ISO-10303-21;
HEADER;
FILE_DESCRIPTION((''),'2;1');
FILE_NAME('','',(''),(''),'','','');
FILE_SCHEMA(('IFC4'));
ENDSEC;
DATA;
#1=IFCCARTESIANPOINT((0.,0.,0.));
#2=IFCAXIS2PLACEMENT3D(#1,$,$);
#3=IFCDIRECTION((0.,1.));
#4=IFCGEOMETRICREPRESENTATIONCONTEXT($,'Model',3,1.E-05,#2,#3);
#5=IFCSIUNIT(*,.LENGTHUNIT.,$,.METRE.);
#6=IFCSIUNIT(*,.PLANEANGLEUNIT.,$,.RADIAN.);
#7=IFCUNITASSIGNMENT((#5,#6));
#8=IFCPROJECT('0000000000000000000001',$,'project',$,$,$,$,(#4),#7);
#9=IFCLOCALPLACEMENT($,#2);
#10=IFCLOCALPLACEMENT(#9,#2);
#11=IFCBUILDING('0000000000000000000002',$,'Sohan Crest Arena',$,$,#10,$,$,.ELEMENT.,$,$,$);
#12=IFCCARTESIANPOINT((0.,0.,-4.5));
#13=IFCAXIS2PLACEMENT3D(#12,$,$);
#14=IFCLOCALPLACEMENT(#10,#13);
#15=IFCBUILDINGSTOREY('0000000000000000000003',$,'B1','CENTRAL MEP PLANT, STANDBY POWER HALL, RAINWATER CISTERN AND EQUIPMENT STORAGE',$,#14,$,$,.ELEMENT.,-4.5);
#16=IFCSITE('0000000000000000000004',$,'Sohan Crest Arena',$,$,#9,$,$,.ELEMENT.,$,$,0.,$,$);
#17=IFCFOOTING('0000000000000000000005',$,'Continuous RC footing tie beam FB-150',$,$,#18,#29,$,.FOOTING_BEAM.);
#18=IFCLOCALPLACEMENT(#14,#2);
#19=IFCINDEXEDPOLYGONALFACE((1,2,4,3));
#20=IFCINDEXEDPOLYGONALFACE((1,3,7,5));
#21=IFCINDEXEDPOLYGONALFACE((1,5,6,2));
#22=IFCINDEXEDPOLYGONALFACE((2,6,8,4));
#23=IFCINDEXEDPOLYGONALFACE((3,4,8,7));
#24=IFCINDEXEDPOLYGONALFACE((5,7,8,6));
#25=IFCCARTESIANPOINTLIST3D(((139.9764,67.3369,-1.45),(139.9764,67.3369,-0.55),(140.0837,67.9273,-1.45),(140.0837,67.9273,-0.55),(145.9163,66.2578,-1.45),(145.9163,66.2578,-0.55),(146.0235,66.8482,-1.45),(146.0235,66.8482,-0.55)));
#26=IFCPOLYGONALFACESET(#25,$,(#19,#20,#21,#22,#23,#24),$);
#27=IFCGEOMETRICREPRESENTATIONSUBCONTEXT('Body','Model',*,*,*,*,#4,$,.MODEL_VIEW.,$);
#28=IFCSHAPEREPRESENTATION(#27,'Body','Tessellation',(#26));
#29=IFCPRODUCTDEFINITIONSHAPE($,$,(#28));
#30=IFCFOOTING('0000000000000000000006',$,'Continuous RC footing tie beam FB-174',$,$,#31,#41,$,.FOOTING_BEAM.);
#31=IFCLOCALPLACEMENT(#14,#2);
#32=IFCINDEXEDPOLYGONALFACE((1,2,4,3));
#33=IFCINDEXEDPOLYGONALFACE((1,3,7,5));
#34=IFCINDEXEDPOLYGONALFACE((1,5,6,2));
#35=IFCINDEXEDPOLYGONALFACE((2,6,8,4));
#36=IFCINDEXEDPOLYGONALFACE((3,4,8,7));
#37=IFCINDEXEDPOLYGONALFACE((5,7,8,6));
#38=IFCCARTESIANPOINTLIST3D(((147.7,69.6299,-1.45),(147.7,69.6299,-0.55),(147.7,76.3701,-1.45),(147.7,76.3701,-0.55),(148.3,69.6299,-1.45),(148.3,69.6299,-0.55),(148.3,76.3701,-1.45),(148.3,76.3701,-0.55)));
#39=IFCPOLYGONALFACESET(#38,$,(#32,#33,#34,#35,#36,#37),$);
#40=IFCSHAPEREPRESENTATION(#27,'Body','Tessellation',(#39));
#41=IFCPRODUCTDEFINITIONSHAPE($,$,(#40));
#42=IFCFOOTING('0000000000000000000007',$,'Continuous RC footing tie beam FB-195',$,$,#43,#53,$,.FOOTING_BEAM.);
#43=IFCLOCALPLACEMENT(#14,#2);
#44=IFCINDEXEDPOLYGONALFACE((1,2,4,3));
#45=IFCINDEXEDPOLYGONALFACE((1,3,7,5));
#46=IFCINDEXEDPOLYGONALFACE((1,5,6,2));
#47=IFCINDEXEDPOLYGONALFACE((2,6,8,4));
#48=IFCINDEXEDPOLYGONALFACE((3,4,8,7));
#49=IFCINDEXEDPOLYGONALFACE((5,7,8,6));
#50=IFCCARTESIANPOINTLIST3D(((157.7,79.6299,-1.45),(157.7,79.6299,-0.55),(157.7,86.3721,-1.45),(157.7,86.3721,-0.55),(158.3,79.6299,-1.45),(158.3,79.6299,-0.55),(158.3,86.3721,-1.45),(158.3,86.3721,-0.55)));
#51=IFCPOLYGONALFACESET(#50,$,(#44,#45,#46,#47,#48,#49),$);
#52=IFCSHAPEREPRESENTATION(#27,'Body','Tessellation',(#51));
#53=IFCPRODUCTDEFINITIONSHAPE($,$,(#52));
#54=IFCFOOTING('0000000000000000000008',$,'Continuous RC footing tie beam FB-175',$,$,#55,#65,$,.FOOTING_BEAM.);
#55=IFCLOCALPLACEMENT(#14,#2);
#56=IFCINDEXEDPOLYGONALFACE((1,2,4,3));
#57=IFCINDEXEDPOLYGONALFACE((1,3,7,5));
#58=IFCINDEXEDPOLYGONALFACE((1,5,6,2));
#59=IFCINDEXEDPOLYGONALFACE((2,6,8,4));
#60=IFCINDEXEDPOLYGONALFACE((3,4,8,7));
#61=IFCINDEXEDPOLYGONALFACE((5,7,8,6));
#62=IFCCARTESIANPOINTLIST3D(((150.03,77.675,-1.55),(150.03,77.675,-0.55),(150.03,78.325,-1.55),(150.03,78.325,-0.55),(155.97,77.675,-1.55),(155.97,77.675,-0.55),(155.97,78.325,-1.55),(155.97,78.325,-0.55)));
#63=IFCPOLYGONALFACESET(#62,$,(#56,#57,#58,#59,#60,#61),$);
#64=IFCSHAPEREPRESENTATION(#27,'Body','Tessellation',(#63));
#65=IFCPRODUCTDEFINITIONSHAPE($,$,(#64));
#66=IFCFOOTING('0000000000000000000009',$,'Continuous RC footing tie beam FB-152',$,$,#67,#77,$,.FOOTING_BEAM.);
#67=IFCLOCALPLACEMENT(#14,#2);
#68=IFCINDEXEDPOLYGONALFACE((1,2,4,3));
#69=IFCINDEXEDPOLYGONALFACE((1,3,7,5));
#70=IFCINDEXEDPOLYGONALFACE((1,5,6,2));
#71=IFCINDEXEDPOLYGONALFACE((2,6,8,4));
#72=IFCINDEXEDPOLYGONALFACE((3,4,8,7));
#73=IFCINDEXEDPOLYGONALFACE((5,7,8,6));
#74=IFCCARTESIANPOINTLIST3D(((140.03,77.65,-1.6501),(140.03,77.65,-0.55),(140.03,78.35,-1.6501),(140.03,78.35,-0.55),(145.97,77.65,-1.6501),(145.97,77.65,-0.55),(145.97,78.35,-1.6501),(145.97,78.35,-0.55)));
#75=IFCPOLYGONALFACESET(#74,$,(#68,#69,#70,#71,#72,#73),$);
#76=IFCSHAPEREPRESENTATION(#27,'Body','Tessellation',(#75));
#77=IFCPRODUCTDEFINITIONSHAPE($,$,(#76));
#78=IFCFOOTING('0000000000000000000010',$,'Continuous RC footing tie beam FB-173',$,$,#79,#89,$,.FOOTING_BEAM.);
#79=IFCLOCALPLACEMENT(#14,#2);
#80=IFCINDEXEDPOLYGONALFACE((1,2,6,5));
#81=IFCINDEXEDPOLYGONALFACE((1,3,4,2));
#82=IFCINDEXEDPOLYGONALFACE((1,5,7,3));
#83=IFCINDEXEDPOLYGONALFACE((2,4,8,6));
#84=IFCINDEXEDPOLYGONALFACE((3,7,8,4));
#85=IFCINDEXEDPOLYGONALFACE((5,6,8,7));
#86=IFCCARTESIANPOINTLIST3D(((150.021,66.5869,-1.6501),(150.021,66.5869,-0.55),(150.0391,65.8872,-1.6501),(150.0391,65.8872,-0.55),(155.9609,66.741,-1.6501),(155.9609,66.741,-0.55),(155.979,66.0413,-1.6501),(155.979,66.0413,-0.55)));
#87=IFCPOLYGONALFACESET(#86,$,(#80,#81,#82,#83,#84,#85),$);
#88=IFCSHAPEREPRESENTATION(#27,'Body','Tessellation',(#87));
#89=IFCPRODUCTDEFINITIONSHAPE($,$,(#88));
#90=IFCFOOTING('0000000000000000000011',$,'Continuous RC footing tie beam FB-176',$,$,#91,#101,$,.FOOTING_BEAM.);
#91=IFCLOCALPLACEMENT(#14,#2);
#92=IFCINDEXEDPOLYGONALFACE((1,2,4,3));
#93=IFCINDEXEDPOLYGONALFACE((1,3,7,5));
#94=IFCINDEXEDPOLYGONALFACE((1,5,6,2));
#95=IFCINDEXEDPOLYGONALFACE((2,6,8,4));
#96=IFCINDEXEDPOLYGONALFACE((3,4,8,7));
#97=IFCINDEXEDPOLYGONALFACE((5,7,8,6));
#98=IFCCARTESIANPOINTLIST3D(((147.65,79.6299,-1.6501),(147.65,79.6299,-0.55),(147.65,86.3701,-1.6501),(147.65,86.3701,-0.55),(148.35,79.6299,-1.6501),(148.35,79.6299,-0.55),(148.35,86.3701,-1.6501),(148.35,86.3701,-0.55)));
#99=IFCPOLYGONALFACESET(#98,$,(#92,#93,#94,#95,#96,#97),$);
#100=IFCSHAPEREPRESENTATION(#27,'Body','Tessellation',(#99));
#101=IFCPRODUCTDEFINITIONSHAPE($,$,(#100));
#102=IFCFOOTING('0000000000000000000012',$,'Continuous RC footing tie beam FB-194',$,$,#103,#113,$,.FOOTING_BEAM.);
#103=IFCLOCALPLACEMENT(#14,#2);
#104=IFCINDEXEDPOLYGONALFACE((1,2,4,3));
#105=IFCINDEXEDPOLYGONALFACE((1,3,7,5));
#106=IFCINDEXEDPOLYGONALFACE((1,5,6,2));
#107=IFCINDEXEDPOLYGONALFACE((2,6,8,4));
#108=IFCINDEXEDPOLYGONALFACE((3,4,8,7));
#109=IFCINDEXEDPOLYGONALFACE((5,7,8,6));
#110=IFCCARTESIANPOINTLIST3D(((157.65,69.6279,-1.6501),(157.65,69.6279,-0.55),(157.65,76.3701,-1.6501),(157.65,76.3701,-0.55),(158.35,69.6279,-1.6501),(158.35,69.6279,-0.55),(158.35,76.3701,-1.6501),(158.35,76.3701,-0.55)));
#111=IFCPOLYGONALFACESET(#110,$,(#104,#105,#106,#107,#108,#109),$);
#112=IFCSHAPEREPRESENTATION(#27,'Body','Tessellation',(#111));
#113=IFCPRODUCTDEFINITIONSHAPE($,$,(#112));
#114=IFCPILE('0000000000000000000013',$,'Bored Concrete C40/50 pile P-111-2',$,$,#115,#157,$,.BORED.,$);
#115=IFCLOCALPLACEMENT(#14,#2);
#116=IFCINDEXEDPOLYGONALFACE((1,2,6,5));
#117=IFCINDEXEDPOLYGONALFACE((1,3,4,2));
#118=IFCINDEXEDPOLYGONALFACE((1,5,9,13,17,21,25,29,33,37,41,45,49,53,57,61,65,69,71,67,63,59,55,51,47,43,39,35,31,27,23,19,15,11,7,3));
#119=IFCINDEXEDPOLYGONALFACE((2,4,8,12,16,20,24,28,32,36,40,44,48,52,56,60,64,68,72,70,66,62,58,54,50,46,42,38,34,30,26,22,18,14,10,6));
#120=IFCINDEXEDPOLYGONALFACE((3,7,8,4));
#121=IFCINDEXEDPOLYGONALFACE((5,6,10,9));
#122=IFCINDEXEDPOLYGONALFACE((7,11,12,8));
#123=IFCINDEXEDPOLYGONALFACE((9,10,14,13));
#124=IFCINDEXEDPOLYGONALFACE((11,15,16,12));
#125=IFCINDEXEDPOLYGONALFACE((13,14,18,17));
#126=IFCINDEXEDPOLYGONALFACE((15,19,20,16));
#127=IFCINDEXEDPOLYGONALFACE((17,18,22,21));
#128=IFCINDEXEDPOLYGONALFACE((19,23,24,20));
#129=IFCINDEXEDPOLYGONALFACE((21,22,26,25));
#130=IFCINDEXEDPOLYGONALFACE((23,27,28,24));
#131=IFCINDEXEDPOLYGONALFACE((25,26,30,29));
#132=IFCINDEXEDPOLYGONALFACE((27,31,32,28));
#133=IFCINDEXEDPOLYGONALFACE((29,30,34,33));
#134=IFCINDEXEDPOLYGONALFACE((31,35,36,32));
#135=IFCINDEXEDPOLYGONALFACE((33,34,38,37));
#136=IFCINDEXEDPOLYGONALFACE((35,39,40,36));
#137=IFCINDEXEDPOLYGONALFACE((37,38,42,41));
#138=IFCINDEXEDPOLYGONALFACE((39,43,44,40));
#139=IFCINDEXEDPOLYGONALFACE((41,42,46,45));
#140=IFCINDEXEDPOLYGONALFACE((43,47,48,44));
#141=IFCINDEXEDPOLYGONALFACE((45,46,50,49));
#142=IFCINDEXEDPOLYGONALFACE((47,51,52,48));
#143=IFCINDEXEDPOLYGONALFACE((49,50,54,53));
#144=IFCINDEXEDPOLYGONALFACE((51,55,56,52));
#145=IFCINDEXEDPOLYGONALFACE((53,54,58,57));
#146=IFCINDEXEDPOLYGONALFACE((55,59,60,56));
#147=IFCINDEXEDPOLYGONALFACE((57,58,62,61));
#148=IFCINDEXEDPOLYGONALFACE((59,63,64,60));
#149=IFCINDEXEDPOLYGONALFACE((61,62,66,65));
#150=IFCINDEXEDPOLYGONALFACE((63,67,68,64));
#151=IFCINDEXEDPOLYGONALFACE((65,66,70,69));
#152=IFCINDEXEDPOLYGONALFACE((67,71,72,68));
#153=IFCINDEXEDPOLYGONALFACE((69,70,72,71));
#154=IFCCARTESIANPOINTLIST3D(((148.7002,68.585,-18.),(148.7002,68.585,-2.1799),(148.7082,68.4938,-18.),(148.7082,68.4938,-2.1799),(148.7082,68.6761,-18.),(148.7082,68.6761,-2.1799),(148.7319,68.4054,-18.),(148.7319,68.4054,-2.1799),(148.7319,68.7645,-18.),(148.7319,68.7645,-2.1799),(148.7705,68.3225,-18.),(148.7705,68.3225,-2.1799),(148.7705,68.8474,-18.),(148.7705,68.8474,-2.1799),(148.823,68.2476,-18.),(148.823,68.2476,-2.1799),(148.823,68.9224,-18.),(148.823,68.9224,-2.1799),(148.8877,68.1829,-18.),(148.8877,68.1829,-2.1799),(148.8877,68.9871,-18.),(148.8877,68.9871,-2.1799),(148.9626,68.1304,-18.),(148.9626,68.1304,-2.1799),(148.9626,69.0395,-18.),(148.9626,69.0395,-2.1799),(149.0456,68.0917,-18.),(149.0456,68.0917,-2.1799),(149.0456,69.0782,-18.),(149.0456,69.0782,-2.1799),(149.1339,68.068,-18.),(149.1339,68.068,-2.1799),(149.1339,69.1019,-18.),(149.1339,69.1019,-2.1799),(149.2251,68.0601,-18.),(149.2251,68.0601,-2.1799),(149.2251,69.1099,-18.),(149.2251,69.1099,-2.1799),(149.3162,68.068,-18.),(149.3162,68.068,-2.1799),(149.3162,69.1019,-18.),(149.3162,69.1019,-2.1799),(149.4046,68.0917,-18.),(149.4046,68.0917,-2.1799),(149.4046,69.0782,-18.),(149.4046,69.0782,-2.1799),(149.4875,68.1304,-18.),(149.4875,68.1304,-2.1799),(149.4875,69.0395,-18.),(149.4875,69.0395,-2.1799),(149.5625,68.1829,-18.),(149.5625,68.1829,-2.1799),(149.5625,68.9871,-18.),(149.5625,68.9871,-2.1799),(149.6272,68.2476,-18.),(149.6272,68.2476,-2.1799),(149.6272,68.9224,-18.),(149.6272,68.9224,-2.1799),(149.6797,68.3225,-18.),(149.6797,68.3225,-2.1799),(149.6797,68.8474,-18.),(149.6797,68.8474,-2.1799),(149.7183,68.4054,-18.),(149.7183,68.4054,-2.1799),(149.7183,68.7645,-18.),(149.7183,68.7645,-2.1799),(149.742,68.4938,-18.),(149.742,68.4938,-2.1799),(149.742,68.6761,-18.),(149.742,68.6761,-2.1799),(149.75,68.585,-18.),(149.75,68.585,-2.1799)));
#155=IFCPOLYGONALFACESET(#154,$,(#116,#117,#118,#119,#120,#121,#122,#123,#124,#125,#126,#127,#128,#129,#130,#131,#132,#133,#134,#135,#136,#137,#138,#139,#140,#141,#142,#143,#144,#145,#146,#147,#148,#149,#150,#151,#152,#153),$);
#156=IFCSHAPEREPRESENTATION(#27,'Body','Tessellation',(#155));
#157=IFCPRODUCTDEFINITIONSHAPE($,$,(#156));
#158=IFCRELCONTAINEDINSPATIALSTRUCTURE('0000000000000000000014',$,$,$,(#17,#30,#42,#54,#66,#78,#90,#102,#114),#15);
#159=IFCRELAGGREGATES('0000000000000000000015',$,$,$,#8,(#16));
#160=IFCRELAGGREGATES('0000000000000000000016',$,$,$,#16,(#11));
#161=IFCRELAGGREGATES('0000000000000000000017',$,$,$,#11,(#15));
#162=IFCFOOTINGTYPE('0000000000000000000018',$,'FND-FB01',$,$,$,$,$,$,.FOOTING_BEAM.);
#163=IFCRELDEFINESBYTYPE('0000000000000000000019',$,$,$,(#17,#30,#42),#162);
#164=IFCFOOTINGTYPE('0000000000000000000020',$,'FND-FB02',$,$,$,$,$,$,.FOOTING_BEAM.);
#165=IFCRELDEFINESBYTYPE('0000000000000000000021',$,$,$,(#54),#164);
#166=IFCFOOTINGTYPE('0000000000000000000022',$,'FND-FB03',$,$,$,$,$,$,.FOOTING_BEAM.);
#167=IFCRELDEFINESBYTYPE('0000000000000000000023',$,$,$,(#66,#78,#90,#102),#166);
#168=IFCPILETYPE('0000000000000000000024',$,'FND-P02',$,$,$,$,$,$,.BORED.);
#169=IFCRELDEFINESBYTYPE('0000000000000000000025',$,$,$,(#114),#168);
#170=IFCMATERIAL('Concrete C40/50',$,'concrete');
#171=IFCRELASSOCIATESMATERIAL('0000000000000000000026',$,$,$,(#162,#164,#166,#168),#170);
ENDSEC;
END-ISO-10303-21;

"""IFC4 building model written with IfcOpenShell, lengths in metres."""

from ifc_helpers import new_model, si_unit, direction, frame, origin, origin_2d, place, context, subcontext, project, spatial, rectangle, circle, extrude, material, material_profile, profile_set, type_object, element, save


model = new_model("IFC4")

# Units and contexts
model_context = context("Model", 3, precision=1e-05, world=origin(), true_north=direction((0.0, 1.0)))
body_context = subcontext(model_context, "Body", "Model", "MODEL_VIEW")
ifc_project = project(units=[si_unit("LENGTHUNIT", "METRE"), si_unit("PLANEANGLEUNIT", "RADIAN")], contexts=[model_context])

# Site, building, storey
site_placement = place(None, origin())
site = spatial("IfcSite", under=ifc_project, at=site_placement, Name="Sohan Crest Arena", CompositionType="ELEMENT", RefElevation=0.0)
building_placement = place(site_placement, origin())
building = spatial("IfcBuilding", under=site, at=building_placement, Name="Sohan Crest Arena", CompositionType="ELEMENT")
storey_placement = place(building_placement, frame((0.0, 0.0, -4.5)))
storey = spatial("IfcBuildingStorey", under=building, at=storey_placement, Name="B1", Description="CENTRAL MEP PLANT, STANDBY POWER HALL, RAINWATER CISTERN AND EQUIPMENT STORAGE", CompositionType="ELEMENT", Elevation=-4.5)

# Footings
ifc_material = material(Name="Concrete C40/50", Category="concrete")
ifc_material_profile_1 = material_profile(ifc_material, rectangle(XDim=0.6001, YDim=0.8999, at=origin_2d()), Name="RC-FB 600x900")
ifc_profile_set_1 = profile_set([ifc_material_profile_1], Name="Concrete C40/50")
footing_type_1 = type_object("IfcFootingType", Name="FND-FB01", PredefinedType="FOOTING_BEAM", material=ifc_profile_set_1)
footing_1_placement = place(storey_placement, frame((140.03, 67.6321, -1.0), z_axis=(0.983896, -0.178743, 0.0), x_axis=(0.178743, 0.983896, 0.0)))
element("IfcFooting", 1, at=footing_1_placement, inside=storey, type_object=footing_type_1, Name="Continuous RC footing tie beam FB-150", PredefinedType="FOOTING_BEAM", context=body_context, shape_type="SweptSolid", body=[
    extrude(rectangle(XDim=0.6001, YDim=0.8999, at=origin_2d()), origin(), (0.0, 0.0, 1.0), 6.0371),
])
footing_2_placement = place(storey_placement, frame((148.0, 69.6299, -1.0), z_axis=(0.0, 1.0, 0.0), x_axis=(-1.0, 0.0, 0.0)))
element("IfcFooting", 2, at=footing_2_placement, inside=storey, type_object=footing_type_1, Name="Continuous RC footing tie beam FB-174", PredefinedType="FOOTING_BEAM", context=body_context, shape_type="SweptSolid", body=[
    extrude(rectangle(XDim=0.6001, YDim=0.8999, at=origin_2d()), origin(), (0.0, 0.0, 1.0), 6.7402),
])
footing_3_placement = place(storey_placement, frame((158.0, 79.6299, -1.0), z_axis=(0.0, 1.0, 0.0), x_axis=(-1.0, 0.0, 0.0)))
element("IfcFooting", 3, at=footing_3_placement, inside=storey, type_object=footing_type_1, Name="Continuous RC footing tie beam FB-195", PredefinedType="FOOTING_BEAM", context=body_context, shape_type="SweptSolid", body=[
    extrude(rectangle(XDim=0.6001, YDim=0.8999, at=origin_2d()), origin(), (0.0, 0.0, 1.0), 6.7422),
])
ifc_material_profile_2 = material_profile(ifc_material, rectangle(XDim=0.6499, YDim=1.0, at=origin_2d()), Name="RC-FB 650x1000")
ifc_profile_set_2 = profile_set([ifc_material_profile_2], Name="Concrete C40/50")
footing_type_2 = type_object("IfcFootingType", Name="FND-FB02", PredefinedType="FOOTING_BEAM", material=ifc_profile_set_2)
footing_4_placement = place(storey_placement, frame((150.03, 78.0, -1.05), z_axis=(1.0, 0.0, 0.0), x_axis=(0.0, 1.0, 0.0)))
element("IfcFooting", 4, at=footing_4_placement, inside=storey, type_object=footing_type_2, Name="Continuous RC footing tie beam FB-175", PredefinedType="FOOTING_BEAM", context=body_context, shape_type="SweptSolid", body=[
    extrude(rectangle(XDim=0.6499, YDim=1.0, at=origin_2d()), origin(), (0.0, 0.0, 1.0), 5.9399),
])
ifc_material_profile_3 = material_profile(ifc_material, rectangle(XDim=0.7, YDim=1.1001, at=origin_2d()), Name="RC-FB 700x1100")
ifc_profile_set_3 = profile_set([ifc_material_profile_3], Name="Concrete C40/50")
footing_type_3 = type_object("IfcFootingType", Name="FND-FB03", PredefinedType="FOOTING_BEAM", material=ifc_profile_set_3)
footing_5_placement = place(storey_placement, frame((140.03, 78.0, -1.1001), z_axis=(1.0, 0.0, 0.0), x_axis=(0.0, 1.0, 0.0)))
element("IfcFooting", 5, at=footing_5_placement, inside=storey, type_object=footing_type_3, Name="Continuous RC footing tie beam FB-152", PredefinedType="FOOTING_BEAM", context=body_context, shape_type="SweptSolid", body=[
    extrude(rectangle(XDim=0.7, YDim=1.1001, at=origin_2d()), origin(), (0.0, 0.0, 1.0), 5.9399),
])
footing_6_placement = place(storey_placement, frame((150.03, 66.2371, -1.1001), z_axis=(0.999664, 0.025926, 0.0), x_axis=(-0.025926, 0.999664, 0.0)))
element("IfcFooting", 6, at=footing_6_placement, inside=storey, type_object=footing_type_3, Name="Continuous RC footing tie beam FB-173", PredefinedType="FOOTING_BEAM", context=body_context, shape_type="SweptSolid", body=[
    extrude(rectangle(XDim=0.7, YDim=1.1001, at=origin_2d()), origin(), (0.0, 0.0, 1.0), 5.9419),
])
footing_7_placement = place(storey_placement, frame((148.0, 79.6299, -1.1001), z_axis=(0.0, 1.0, 0.0), x_axis=(-1.0, 0.0, 0.0)))
element("IfcFooting", 7, at=footing_7_placement, inside=storey, type_object=footing_type_3, Name="Continuous RC footing tie beam FB-176", PredefinedType="FOOTING_BEAM", context=body_context, shape_type="SweptSolid", body=[
    extrude(rectangle(XDim=0.7, YDim=1.1001, at=origin_2d()), origin(), (0.0, 0.0, 1.0), 6.7402),
])
footing_8_placement = place(storey_placement, frame((158.0, 69.6279, -1.1001), z_axis=(0.0, 1.0, 0.0), x_axis=(-1.0, 0.0, 0.0)))
element("IfcFooting", 8, at=footing_8_placement, inside=storey, type_object=footing_type_3, Name="Continuous RC footing tie beam FB-194", PredefinedType="FOOTING_BEAM", context=body_context, shape_type="SweptSolid", body=[
    extrude(rectangle(XDim=0.7, YDim=1.1001, at=origin_2d()), origin(), (0.0, 0.0, 1.0), 6.7422),
])

# Pile
ifc_material_profile_4 = material_profile(ifc_material, circle(Radius=0.5249, at=origin_2d()), Name="PILE D1050")
ifc_profile_set_4 = profile_set([ifc_material_profile_4], Name="Concrete C40/50")
pile_type_1 = type_object("IfcPileType", Name="FND-P02", PredefinedType="BORED", material=ifc_profile_set_4)
for number, where, z_axis, x_axis, name in (
    (9, (149.2251, 68.585, -18.0), (0.0, 0.0, 1.0), (1.0, 0.0, 0.0), "Bored Concrete C40/50 pile P-111-2"),
):
    element("IfcPile", number, at=place(storey_placement, frame(where, z_axis=z_axis, x_axis=x_axis)), inside=storey, type_object=pile_type_1, Name=name, PredefinedType="BORED", context=body_context, shape_type="SweptSolid", body=[
        extrude(circle(Radius=0.5249, at=origin_2d()), origin(), (0.0, 0.0, 1.0), 15.8201),
    ])

save(model, "model.ifc")
